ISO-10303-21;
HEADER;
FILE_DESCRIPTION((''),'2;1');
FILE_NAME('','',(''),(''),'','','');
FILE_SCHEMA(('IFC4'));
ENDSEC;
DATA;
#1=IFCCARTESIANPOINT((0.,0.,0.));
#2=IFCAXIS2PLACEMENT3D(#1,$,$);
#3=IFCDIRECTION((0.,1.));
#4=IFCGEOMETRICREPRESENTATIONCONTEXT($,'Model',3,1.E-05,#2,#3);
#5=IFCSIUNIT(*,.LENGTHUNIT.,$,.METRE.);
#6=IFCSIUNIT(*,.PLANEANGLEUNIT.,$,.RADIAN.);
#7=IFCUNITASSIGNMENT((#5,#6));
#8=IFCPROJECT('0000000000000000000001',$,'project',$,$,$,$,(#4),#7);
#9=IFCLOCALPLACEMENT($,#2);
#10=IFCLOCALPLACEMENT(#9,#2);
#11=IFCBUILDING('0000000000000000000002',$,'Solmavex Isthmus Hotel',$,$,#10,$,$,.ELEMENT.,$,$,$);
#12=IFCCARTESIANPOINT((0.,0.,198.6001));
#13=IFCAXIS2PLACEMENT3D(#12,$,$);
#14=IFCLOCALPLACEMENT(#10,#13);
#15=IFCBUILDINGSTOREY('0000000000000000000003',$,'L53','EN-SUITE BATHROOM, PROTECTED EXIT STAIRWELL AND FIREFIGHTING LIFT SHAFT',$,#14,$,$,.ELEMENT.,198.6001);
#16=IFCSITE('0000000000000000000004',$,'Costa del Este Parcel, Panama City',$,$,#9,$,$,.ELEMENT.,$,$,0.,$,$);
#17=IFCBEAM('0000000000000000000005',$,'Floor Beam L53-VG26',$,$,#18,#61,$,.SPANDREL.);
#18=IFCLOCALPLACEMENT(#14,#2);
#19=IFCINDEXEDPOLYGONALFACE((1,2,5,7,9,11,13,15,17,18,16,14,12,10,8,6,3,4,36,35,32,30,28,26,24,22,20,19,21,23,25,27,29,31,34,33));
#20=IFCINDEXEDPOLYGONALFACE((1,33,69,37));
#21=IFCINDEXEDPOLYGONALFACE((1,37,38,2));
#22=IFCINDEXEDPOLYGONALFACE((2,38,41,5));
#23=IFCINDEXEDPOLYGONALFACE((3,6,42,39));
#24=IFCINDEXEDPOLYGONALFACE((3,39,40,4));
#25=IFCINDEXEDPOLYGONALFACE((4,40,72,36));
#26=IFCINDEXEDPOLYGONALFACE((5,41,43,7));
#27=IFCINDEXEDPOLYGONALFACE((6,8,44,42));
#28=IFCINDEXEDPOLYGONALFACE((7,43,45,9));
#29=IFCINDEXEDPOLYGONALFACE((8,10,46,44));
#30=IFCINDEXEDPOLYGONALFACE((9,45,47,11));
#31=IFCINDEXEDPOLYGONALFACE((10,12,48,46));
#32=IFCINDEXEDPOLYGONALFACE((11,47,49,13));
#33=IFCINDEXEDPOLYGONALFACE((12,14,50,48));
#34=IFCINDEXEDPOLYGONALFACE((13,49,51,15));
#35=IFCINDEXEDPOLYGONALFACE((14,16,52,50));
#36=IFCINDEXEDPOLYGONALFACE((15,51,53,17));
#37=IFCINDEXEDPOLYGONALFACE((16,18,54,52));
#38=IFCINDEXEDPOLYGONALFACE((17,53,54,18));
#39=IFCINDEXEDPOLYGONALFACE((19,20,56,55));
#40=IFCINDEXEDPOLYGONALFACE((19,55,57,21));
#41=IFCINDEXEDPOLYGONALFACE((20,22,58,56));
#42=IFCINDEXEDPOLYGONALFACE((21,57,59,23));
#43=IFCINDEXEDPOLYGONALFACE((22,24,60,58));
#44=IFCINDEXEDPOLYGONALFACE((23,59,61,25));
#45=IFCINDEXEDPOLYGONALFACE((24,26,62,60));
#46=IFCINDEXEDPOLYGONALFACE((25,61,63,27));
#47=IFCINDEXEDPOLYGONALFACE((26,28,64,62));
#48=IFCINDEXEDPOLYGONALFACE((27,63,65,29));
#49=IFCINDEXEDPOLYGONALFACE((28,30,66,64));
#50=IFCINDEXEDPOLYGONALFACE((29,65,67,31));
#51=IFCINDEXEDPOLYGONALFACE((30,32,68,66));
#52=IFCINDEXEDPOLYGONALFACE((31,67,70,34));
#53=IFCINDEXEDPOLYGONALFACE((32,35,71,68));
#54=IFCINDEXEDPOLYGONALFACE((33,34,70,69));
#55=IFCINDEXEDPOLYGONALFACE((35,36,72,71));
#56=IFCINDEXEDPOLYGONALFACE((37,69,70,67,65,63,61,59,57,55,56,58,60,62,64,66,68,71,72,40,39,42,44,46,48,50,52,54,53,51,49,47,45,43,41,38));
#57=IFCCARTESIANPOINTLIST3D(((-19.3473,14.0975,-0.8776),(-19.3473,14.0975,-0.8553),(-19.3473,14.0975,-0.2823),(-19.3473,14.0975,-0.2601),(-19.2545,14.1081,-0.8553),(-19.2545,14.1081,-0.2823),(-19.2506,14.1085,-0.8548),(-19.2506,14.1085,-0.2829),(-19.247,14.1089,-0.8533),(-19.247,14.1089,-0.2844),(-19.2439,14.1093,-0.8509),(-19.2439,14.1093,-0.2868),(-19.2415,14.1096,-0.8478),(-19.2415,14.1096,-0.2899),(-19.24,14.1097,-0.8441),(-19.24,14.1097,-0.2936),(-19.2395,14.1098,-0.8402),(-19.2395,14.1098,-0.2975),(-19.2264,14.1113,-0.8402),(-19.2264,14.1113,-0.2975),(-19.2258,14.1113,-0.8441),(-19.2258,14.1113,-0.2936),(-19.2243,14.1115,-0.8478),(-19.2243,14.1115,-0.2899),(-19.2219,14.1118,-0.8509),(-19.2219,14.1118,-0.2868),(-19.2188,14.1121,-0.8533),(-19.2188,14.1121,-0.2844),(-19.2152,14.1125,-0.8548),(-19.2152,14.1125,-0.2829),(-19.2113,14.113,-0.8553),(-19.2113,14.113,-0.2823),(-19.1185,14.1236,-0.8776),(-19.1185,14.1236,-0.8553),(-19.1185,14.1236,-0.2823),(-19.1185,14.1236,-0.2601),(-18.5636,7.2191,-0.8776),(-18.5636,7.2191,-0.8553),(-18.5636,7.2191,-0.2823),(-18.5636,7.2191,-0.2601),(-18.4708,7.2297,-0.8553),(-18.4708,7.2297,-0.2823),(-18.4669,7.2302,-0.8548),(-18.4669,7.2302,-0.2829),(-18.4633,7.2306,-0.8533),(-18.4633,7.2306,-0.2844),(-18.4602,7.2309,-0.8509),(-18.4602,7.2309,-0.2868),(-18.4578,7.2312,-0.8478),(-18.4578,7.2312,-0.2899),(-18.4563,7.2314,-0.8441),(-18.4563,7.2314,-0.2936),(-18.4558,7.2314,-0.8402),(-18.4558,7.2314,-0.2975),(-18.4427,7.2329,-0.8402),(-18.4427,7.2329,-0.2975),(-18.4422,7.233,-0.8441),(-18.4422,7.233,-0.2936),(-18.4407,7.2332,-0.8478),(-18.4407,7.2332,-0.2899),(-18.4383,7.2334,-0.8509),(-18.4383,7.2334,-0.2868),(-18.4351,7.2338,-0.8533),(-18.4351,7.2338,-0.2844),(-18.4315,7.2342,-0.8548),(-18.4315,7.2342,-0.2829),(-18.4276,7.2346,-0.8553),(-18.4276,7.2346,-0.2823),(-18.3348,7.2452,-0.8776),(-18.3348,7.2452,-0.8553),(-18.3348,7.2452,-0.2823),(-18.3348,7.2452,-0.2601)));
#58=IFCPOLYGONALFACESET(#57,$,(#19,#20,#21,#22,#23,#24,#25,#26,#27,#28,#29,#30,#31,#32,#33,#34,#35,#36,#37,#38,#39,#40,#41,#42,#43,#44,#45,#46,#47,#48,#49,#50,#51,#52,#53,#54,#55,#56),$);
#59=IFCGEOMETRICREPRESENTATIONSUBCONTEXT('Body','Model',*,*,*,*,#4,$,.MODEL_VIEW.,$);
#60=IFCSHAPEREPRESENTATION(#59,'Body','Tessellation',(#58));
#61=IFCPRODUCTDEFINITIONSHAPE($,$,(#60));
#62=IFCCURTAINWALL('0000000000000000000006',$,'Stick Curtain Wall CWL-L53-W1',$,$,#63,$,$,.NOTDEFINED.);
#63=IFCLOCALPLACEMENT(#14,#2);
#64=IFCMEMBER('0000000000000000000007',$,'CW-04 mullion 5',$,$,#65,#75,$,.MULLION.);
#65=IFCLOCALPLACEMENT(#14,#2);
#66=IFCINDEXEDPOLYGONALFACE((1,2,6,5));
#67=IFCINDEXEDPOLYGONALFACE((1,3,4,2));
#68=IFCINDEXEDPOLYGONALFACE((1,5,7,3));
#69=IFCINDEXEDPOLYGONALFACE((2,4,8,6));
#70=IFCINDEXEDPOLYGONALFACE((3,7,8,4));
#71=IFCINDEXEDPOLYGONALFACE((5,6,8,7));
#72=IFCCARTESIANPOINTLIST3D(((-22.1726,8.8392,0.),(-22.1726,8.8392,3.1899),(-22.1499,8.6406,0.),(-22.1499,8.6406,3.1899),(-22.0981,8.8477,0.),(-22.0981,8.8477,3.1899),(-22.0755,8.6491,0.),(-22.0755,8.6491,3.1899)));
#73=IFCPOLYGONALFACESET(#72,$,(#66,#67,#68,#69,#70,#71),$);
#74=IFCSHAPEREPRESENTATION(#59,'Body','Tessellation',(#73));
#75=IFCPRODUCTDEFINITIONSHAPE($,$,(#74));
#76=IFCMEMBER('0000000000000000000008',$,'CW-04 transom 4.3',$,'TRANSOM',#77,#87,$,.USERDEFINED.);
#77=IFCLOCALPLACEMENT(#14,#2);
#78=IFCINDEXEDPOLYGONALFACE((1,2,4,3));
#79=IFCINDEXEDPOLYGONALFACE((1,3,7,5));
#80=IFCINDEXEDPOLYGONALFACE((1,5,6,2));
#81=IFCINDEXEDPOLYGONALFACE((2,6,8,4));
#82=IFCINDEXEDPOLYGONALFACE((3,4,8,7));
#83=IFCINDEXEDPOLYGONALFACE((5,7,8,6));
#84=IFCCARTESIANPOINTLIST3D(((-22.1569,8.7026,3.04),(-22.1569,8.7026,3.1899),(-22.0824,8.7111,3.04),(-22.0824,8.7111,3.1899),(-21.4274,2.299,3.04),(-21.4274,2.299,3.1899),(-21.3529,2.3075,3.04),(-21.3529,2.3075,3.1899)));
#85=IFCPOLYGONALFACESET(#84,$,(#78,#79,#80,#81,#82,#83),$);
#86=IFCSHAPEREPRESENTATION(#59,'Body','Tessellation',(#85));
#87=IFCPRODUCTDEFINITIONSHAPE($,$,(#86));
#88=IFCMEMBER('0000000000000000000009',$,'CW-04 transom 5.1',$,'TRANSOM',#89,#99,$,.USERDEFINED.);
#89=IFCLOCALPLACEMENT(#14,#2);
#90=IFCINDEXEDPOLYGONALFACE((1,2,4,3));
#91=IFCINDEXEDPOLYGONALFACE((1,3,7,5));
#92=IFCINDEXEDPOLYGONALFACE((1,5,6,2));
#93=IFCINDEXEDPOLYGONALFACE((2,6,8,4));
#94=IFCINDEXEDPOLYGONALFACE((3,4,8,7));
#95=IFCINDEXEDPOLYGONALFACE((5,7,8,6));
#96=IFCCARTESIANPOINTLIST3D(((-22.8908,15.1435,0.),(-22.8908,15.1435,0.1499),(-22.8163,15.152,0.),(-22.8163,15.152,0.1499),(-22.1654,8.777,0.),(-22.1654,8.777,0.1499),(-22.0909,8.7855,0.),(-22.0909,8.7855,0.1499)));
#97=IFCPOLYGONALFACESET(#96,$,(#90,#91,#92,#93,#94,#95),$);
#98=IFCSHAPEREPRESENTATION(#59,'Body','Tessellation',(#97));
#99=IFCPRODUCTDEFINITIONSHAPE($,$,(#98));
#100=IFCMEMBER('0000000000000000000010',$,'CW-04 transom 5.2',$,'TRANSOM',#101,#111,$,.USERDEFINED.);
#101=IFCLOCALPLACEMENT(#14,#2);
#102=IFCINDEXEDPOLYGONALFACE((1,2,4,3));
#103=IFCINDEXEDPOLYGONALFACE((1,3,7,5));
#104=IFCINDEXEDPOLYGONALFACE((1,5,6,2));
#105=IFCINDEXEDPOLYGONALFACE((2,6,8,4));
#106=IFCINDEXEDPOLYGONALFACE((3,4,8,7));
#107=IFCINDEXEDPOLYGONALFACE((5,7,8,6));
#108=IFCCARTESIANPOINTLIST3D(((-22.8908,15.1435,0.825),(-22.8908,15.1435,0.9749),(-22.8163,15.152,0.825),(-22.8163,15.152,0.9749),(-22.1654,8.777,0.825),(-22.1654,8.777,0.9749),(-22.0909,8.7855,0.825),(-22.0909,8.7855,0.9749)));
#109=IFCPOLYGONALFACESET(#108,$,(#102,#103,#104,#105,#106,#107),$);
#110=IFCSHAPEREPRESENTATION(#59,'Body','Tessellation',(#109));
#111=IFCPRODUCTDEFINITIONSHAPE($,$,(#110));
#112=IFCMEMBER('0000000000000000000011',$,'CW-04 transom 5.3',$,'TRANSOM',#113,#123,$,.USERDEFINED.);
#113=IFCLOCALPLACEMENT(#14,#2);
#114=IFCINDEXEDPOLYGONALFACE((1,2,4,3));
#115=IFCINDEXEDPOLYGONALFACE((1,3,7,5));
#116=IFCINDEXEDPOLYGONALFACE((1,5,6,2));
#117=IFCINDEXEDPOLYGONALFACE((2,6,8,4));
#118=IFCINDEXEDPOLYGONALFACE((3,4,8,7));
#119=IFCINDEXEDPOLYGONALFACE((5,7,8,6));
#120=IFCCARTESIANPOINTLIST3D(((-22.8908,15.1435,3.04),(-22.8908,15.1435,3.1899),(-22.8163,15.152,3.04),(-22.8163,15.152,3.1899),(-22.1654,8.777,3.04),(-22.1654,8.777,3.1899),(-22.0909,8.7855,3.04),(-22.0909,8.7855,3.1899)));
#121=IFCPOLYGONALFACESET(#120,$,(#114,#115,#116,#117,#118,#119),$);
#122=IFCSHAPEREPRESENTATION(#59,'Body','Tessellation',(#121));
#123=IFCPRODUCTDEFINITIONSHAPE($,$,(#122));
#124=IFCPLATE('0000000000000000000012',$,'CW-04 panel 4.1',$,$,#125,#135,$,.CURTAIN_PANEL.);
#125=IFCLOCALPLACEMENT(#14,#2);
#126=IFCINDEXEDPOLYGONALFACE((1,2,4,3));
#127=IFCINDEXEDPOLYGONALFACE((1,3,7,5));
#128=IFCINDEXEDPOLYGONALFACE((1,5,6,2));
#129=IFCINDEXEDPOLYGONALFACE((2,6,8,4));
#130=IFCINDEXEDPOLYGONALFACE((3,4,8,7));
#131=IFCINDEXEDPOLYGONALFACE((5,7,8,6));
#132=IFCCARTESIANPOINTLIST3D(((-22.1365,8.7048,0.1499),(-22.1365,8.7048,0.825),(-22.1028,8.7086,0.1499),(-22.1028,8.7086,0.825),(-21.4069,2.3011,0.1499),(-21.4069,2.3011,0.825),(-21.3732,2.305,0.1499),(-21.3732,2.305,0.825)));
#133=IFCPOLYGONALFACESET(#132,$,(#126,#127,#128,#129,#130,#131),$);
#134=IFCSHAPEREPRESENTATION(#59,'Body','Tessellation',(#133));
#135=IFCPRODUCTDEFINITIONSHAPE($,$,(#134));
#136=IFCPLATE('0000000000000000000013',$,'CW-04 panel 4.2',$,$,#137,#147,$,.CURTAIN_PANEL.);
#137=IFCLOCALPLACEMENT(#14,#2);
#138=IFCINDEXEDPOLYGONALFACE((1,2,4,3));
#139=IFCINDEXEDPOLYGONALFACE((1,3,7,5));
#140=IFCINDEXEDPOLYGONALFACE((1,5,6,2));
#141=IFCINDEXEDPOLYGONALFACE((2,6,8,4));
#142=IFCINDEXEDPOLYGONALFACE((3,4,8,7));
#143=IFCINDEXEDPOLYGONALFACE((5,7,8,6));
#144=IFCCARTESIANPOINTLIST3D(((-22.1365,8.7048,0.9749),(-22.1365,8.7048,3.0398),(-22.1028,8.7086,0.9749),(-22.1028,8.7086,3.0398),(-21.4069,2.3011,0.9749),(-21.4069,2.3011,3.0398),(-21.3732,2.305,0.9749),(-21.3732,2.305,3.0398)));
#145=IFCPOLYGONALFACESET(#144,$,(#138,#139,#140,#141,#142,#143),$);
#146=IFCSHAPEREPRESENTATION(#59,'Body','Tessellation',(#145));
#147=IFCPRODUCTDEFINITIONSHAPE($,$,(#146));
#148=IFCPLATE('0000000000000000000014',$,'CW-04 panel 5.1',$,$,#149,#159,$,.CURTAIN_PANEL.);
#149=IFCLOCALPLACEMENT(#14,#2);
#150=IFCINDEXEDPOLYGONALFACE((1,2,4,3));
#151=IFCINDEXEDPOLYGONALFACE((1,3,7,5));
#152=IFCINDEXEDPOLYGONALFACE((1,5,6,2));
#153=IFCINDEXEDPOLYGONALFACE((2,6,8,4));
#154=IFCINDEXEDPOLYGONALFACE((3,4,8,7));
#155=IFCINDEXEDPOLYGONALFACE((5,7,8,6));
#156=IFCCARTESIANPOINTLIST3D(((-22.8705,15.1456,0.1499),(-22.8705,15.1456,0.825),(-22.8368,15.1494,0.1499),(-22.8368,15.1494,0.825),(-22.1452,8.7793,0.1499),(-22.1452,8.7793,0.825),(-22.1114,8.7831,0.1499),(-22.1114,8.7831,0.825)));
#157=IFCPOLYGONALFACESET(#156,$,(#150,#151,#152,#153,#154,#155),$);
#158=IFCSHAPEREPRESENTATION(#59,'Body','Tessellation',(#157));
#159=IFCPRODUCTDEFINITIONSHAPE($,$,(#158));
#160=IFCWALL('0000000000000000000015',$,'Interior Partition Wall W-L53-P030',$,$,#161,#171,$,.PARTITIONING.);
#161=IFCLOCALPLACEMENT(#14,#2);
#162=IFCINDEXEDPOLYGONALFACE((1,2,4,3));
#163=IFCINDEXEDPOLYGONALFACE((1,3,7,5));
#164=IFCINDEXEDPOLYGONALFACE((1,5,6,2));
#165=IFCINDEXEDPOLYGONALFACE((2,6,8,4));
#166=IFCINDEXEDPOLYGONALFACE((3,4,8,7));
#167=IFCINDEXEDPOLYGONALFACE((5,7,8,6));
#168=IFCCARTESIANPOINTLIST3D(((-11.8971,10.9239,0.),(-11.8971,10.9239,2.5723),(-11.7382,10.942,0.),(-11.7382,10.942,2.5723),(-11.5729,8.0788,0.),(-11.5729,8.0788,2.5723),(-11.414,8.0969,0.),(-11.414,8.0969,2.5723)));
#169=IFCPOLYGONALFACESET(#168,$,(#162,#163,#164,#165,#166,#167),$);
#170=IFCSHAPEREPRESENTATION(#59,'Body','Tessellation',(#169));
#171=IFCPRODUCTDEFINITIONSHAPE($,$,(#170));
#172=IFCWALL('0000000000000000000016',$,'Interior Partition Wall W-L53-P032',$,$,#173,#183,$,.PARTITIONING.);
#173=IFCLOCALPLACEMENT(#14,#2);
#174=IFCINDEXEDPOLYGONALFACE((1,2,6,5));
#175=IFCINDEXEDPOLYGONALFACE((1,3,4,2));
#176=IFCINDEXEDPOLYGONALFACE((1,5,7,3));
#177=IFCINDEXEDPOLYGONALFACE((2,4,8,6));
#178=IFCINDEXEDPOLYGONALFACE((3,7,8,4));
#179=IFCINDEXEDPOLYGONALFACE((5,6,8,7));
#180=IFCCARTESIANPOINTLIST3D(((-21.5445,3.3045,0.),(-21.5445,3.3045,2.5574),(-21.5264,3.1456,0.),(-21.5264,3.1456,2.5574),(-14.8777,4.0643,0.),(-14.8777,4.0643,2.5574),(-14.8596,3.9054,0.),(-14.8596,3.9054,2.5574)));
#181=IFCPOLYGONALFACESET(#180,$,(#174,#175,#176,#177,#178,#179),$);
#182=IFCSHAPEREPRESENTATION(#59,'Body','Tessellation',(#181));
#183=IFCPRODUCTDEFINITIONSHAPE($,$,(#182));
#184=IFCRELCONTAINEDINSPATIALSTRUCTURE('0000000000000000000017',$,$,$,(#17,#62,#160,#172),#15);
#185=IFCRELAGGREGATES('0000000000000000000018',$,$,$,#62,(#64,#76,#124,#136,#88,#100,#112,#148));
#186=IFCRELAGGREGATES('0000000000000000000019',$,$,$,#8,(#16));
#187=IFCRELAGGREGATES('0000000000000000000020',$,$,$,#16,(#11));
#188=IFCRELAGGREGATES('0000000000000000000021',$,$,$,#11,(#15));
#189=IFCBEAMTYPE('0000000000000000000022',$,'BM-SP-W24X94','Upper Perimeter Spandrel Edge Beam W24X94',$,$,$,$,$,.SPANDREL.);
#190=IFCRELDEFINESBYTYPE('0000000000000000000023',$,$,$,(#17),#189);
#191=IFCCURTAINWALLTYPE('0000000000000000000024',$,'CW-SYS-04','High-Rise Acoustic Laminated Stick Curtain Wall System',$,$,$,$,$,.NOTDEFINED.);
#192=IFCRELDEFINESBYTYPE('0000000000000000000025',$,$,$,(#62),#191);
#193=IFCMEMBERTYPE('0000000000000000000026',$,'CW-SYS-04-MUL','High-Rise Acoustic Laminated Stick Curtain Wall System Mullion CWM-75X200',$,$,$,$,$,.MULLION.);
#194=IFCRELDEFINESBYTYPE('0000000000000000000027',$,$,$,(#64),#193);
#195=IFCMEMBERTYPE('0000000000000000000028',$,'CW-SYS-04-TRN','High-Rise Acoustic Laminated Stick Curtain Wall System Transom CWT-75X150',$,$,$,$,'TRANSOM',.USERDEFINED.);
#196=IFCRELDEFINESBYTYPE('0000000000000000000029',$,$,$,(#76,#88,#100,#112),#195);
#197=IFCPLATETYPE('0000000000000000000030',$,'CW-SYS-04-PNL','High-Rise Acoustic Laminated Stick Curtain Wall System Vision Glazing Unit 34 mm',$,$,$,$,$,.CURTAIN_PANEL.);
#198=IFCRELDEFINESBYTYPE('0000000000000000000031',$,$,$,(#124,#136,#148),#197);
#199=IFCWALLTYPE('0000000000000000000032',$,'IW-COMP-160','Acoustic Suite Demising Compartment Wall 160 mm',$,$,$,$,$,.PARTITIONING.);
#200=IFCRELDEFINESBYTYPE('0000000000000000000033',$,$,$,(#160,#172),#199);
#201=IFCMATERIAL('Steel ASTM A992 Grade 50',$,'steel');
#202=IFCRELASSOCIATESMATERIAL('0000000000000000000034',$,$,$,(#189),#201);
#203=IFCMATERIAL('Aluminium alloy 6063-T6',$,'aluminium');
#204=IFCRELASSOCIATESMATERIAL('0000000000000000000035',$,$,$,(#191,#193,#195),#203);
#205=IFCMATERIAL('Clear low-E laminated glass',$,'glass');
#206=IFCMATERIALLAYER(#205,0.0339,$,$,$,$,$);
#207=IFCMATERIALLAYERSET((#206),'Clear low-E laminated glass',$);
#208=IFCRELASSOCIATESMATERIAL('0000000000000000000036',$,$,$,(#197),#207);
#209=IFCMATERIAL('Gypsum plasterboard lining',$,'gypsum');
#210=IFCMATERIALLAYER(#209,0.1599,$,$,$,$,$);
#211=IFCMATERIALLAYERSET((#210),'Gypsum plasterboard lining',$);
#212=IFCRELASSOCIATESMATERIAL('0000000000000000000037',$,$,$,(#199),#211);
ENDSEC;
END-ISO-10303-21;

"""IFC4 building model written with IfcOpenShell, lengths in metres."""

from ifc_helpers import new_model, si_unit, direction, frame, frame_2d, origin, origin_2d, place, context, subcontext, project, spatial, rectangle, i_section, extrude, material, layer, layer_set, material_profile, profile_set, type_object, element, aggregate, save


model = new_model("IFC4")

# Units and contexts
model_context = context("Model", 3, precision=1e-05, world=origin(), true_north=direction((0.0, 1.0)))
body_context = subcontext(model_context, "Body", "Model", "MODEL_VIEW")
ifc_project = project(units=[si_unit("LENGTHUNIT", "METRE"), si_unit("PLANEANGLEUNIT", "RADIAN")], contexts=[model_context])

# Site, building, storey
site_placement = place(None, origin())
site = spatial("IfcSite", under=ifc_project, at=site_placement, Name="Costa del Este Parcel, Panama City", CompositionType="ELEMENT", RefElevation=0.0)
building_placement = place(site_placement, origin())
building = spatial("IfcBuilding", under=site, at=building_placement, Name="Solmavex Isthmus Hotel", CompositionType="ELEMENT")
storey_placement = place(building_placement, frame((0.0, 0.0, 198.6001)))
storey = spatial("IfcBuildingStorey", under=building, at=storey_placement, Name="L53", Description="EN-SUITE BATHROOM, PROTECTED EXIT STAIRWELL AND FIREFIGHTING LIFT SHAFT", CompositionType="ELEMENT", Elevation=198.6001)

# Beam
ifc_material_1 = material(Name="Steel ASTM A992 Grade 50", Category="steel")
ifc_material_profile_1 = material_profile(ifc_material_1, i_section(OverallWidth=0.2302, OverallDepth=0.6174, WebThickness=0.0132, FlangeThickness=0.0222, FilletRadius=0.0151, at=origin_2d()), Name="W24X94")
ifc_profile_set_1 = profile_set([ifc_material_profile_1], Name="Steel ASTM A992 Grade 50")
beam_type_1 = type_object("IfcBeamType", Name="BM-SP-W24X94", Description="Upper Perimeter Spandrel Edge Beam W24X94", PredefinedType="SPANDREL", material=ifc_profile_set_1)
beam_1_placement = place(storey_placement, frame((-18.4492, 7.2322, -0.5688), z_axis=(-0.113202, 0.993572, 0.0), x_axis=(-0.993572, -0.113202, 0.0)))
element("IfcBeam", 1, at=beam_1_placement, inside=storey, type_object=beam_type_1, Name="Floor Beam L53-VG26", PredefinedType="SPANDREL", context=body_context, shape_type="SweptSolid", body=[
    extrude(i_section(OverallWidth=0.2302, OverallDepth=0.6174, WebThickness=0.0132, FlangeThickness=0.0222, FilletRadius=0.0151, at=origin_2d()), origin(), (0.0, 0.0, 1.0), 6.9229),
])

# Curtain wall, members, plates
ifc_material_2 = material(Name="Aluminium alloy 6063-T6", Category="aluminium")
curtain_wall_type = type_object("IfcCurtainWallType", Name="CW-SYS-04", Description="High-Rise Acoustic Laminated Stick Curtain Wall System", PredefinedType="NOTDEFINED", material=ifc_material_2)
curtain_wall_placement = place(storey_placement, origin())
curtain_wall = element("IfcCurtainWall", 2, at=curtain_wall_placement, inside=storey, type_object=curtain_wall_type, Name="Stick Curtain Wall CWL-L53-W1", PredefinedType="NOTDEFINED")
ifc_material_profile_2 = material_profile(ifc_material_2, rectangle(XDim=0.075, YDim=0.2, at=origin_2d()), Name="CWM-75X200")
ifc_profile_set_2 = profile_set([ifc_material_profile_2], Name="Aluminium alloy 6063-T6")
member_type_1 = type_object("IfcMemberType", Name="CW-SYS-04-MUL", Description="High-Rise Acoustic Laminated Stick Curtain Wall System Mullion CWM-75X200", PredefinedType="MULLION", material=ifc_profile_set_2)
member_1_placement = place(storey_placement, frame((-22.124, 8.7441, 0.0), z_axis=(0.0, 0.0, 1.0), x_axis=(-0.993572, -0.113203, 0.0)))
member_1 = element("IfcMember", 3, at=member_1_placement, type_object=member_type_1, Name="CW-04 mullion 5", PredefinedType="MULLION", context=body_context, shape_type="SweptSolid", body=[
    extrude(rectangle(XDim=0.075, YDim=0.2, at=origin_2d()), origin(), (0.0, 0.0, 1.0), 3.1899),
])
ifc_material_profile_3 = material_profile(ifc_material_2, rectangle(XDim=0.075, YDim=0.1499, at=origin_2d()), Name="CWT-75X150")
ifc_profile_set_3 = profile_set([ifc_material_profile_3], Name="Aluminium alloy 6063-T6")
member_type_2 = type_object("IfcMemberType", Name="CW-SYS-04-TRN", Description="High-Rise Acoustic Laminated Stick Curtain Wall System Transom CWT-75X150", ElementType="TRANSOM", PredefinedType="USERDEFINED", material=ifc_profile_set_3)
member_2_placement = place(storey_placement, frame((-21.3901, 2.3032, 3.115), z_axis=(-0.113188, 0.993574, 0.0), x_axis=(-0.993574, -0.113188, 0.0)))
member_2 = element("IfcMember", 4, at=member_2_placement, type_object=member_type_2, Name="CW-04 transom 4.3", ObjectType="TRANSOM", PredefinedType="USERDEFINED", context=body_context, shape_type="SweptSolid", body=[
    extrude(rectangle(XDim=0.075, YDim=0.1499, at=origin_2d()), origin(), (0.0, 0.0, 1.0), 6.4451),
])
member_3_placement = place(storey_placement, frame((-22.1282, 8.7812, 0.075), z_axis=(-0.113199, 0.993572, 0.0), x_axis=(-0.993572, -0.113199, 0.0)))
member_3 = element("IfcMember", 5, at=member_3_placement, type_object=member_type_2, Name="CW-04 transom 5.1", ObjectType="TRANSOM", PredefinedType="USERDEFINED", context=body_context, shape_type="SweptSolid", body=[
    extrude(rectangle(XDim=0.075, YDim=0.1499, at=origin_2d()), origin(), (0.0, 0.0, 1.0), 6.4077),
])
member_4_placement = place(storey_placement, frame((-22.1282, 8.7812, 0.8999), z_axis=(-0.113199, 0.993572, 0.0), x_axis=(-0.993572, -0.113199, 0.0)))
member_4 = element("IfcMember", 6, at=member_4_placement, type_object=member_type_2, Name="CW-04 transom 5.2", ObjectType="TRANSOM", PredefinedType="USERDEFINED", context=body_context, shape_type="SweptSolid", body=[
    extrude(rectangle(XDim=0.075, YDim=0.1499, at=origin_2d()), origin(), (0.0, 0.0, 1.0), 6.4077),
])
member_5_placement = place(storey_placement, frame((-22.1282, 8.7812, 3.115), z_axis=(-0.113199, 0.993572, 0.0), x_axis=(-0.993572, -0.113199, 0.0)))
member_5 = element("IfcMember", 7, at=member_5_placement, type_object=member_type_2, Name="CW-04 transom 5.3", ObjectType="TRANSOM", PredefinedType="USERDEFINED", context=body_context, shape_type="SweptSolid", body=[
    extrude(rectangle(XDim=0.075, YDim=0.1499, at=origin_2d()), origin(), (0.0, 0.0, 1.0), 6.4077),
])
ifc_material_3 = material(Name="Clear low-E laminated glass", Category="glass")
ifc_layer_1 = layer(ifc_material_3, 0.0339)
ifc_layer_set_1 = layer_set([ifc_layer_1], Name="Clear low-E laminated glass")
plate_type = type_object("IfcPlateType", Name="CW-SYS-04-PNL", Description="High-Rise Acoustic Laminated Stick Curtain Wall System Vision Glazing Unit 34 mm", PredefinedType="CURTAIN_PANEL", material=ifc_layer_set_1)
plate_1_placement = place(storey_placement, frame((-21.7549, 5.5049, 0.1499), z_axis=(0.0, 0.0, 1.0), x_axis=(-0.113203, 0.993572, 0.0)))
plate_1 = element("IfcPlate", 8, at=plate_1_placement, type_object=plate_type, Name="CW-04 panel 4.1", PredefinedType="CURTAIN_PANEL", context=body_context, shape_type="SweptSolid", body=[
    extrude(rectangle(XDim=6.4451, YDim=0.0339, at=origin_2d()), origin(), (0.0, 0.0, 1.0), 0.675),
])
plate_2_placement = place(storey_placement, frame((-21.7549, 5.5049, 0.9749), z_axis=(0.0, 0.0, 1.0), x_axis=(-0.113203, 0.993572, 0.0)))
plate_2 = element("IfcPlate", 9, at=plate_2_placement, type_object=plate_type, Name="CW-04 panel 4.2", PredefinedType="CURTAIN_PANEL", context=body_context, shape_type="SweptSolid", body=[
    extrude(rectangle(XDim=6.4451, YDim=0.0339, at=origin_2d()), origin(), (0.0, 0.0, 1.0), 2.0649),
])
plate_3_placement = place(storey_placement, frame((-22.491, 11.9644, 0.1499), z_axis=(0.0, 0.0, 1.0), x_axis=(-0.113203, 0.993572, 0.0)))
plate_3 = element("IfcPlate", 10, at=plate_3_placement, type_object=plate_type, Name="CW-04 panel 5.1", PredefinedType="CURTAIN_PANEL", context=body_context, shape_type="SweptSolid", body=[
    extrude(rectangle(XDim=6.4075, YDim=0.0339, at=origin_2d()), origin(), (0.0, 0.0, 1.0), 0.675),
])
aggregate(curtain_wall, [member_1, member_2, plate_1, plate_2, member_3, member_4, member_5, plate_3])

# Shared definitions
ifc_material_4 = material(Name="Gypsum plasterboard lining", Category="gypsum")
ifc_layer_2 = layer(ifc_material_4, 0.1599)
ifc_layer_set_2 = layer_set([ifc_layer_2], Name="Gypsum plasterboard lining")
wall_type_1 = type_object("IfcWallType", Name="IW-COMP-160", Description="Acoustic Suite Demising Compartment Wall 160 mm", PredefinedType="PARTITIONING", material=ifc_layer_set_2)

# Walls
wall_1_placement = place(storey_placement, frame((-11.8176, 10.9329, 0.0), z_axis=(0.0, 0.0, 1.0), x_axis=(0.11322, -0.99357, 0.0)))
element("IfcWall", 11, at=wall_1_placement, inside=storey, type_object=wall_type_1, Name="Interior Partition Wall W-L53-P030", PredefinedType="PARTITIONING", context=body_context, shape_type="SweptSolid", body=[
    extrude(rectangle(XDim=2.8635, YDim=0.1599, at=frame_2d((1.4316, 0.0))), origin(), (0.0, 0.0, 1.0), 2.5723),
])
wall_2_placement = place(storey_placement, frame((-14.8687, 3.9849, 0.0), z_axis=(0.0, 0.0, 1.0), x_axis=(-0.993569, -0.113231, 0.0)))
element("IfcWall", 12, at=wall_2_placement, inside=storey, type_object=wall_type_1, Name="Interior Partition Wall W-L53-P032", PredefinedType="PARTITIONING", context=body_context, shape_type="SweptSolid", body=[
    extrude(rectangle(XDim=6.71, YDim=0.1599, at=frame_2d((3.355, 0.0))), origin(), (0.0, 0.0, 1.0), 2.5574),
])

save(model, "model.ifc")
